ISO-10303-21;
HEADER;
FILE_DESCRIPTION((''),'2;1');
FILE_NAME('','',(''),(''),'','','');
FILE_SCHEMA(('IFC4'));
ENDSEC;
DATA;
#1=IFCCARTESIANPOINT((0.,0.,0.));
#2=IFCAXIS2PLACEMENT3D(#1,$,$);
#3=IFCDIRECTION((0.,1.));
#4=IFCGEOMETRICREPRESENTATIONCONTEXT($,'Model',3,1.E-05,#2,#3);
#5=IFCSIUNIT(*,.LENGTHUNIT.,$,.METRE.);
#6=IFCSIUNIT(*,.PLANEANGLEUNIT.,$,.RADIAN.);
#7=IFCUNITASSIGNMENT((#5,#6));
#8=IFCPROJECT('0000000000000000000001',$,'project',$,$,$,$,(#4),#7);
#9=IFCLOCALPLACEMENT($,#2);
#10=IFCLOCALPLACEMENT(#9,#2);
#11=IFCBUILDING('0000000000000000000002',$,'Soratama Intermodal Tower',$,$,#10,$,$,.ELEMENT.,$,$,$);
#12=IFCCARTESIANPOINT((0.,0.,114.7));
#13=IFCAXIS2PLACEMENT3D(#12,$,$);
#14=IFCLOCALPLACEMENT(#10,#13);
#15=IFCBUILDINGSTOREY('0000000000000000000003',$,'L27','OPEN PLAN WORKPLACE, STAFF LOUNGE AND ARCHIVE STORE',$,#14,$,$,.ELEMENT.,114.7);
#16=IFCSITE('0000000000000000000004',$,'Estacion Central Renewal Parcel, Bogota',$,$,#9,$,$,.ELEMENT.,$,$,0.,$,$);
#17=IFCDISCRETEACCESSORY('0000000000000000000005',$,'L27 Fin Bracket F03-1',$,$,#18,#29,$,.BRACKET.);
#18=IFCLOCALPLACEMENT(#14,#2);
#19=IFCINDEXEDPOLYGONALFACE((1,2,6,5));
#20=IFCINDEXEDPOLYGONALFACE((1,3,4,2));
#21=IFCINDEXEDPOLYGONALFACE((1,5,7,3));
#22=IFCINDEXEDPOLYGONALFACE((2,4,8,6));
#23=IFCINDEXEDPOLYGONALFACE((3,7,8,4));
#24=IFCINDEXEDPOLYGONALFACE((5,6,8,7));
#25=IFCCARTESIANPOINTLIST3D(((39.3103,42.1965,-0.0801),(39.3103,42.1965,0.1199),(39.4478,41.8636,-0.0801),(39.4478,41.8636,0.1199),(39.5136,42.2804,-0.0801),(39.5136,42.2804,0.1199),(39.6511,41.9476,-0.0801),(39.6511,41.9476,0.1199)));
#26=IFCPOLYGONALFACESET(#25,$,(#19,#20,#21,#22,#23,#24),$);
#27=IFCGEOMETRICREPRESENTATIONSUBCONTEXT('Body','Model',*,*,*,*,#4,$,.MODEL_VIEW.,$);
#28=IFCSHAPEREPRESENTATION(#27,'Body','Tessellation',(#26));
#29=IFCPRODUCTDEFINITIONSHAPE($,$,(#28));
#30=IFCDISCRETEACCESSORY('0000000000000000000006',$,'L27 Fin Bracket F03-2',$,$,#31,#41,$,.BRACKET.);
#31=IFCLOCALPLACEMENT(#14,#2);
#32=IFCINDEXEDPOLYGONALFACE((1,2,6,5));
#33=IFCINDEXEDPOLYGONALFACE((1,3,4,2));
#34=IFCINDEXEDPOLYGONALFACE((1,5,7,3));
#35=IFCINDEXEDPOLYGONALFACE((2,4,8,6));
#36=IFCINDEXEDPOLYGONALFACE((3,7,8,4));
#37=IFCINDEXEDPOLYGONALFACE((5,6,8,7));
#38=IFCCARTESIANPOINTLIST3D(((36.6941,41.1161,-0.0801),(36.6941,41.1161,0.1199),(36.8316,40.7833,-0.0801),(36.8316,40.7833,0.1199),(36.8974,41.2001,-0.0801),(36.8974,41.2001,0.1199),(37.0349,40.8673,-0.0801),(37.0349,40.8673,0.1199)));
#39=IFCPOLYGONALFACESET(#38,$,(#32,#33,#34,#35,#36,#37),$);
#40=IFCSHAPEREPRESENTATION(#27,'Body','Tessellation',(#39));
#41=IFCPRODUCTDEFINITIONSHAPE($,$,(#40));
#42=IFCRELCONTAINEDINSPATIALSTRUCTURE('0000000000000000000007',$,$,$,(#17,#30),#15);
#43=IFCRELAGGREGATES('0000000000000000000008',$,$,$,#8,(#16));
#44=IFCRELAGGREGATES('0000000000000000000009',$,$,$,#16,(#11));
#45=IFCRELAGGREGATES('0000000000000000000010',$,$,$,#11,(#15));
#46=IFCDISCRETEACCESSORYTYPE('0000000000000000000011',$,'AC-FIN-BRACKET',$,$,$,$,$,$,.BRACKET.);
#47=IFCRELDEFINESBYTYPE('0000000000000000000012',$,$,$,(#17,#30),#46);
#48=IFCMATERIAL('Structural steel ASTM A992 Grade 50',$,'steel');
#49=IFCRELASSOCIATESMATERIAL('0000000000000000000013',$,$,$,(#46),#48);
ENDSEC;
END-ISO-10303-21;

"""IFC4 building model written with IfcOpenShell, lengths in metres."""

from ifc_helpers import new_model, si_unit, direction, frame, origin, origin_2d, place, context, subcontext, project, spatial, rectangle, extrude, material, type_object, element, save


model = new_model("IFC4")

# Units and contexts
model_context = context("Model", 3, precision=1e-05, world=origin(), true_north=direction((0.0, 1.0)))
body_context = subcontext(model_context, "Body", "Model", "MODEL_VIEW")
ifc_project = project(units=[si_unit("LENGTHUNIT", "METRE"), si_unit("PLANEANGLEUNIT", "RADIAN")], contexts=[model_context])

# Site, building, storey
site_placement = place(None, origin())
site = spatial("IfcSite", under=ifc_project, at=site_placement, Name="Estacion Central Renewal Parcel, Bogota", CompositionType="ELEMENT", RefElevation=0.0)
building_placement = place(site_placement, origin())
building = spatial("IfcBuilding", under=site, at=building_placement, Name="Soratama Intermodal Tower", CompositionType="ELEMENT")
storey_placement = place(building_placement, frame((0.0, 0.0, 114.7)))
storey = spatial("IfcBuildingStorey", under=building, at=storey_placement, Name="L27", Description="OPEN PLAN WORKPLACE, STAFF LOUNGE AND ARCHIVE STORE", CompositionType="ELEMENT", Elevation=114.7)

# Discrete accessories
ifc_material_1 = material(Name="Structural steel ASTM A992 Grade 50", Category="steel")
discrete_accessory_type = type_object("IfcDiscreteAccessoryType", Name="AC-FIN-BRACKET", PredefinedType="BRACKET", material=ifc_material_1)
for number, where, z_axis, x_axis, name in (
    (1, (39.4807, 42.072, -0.0801), (0.0, 0.0, 1.0), (-0.381716, 0.92428, 0.0), "L27 Fin Bracket F03-1"),
    (2, (36.8645, 40.9917, -0.0801), (0.0, 0.0, 1.0), (-0.381716, 0.92428, 0.0), "L27 Fin Bracket F03-2"),
):
    element("IfcDiscreteAccessory", number, at=place(storey_placement, frame(where, z_axis=z_axis, x_axis=x_axis)), inside=storey, type_object=discrete_accessory_type, Name=name, PredefinedType="BRACKET", context=body_context, shape_type="SweptSolid", body=[
        extrude(rectangle(XDim=0.3601, YDim=0.22, at=origin_2d()), origin(), (0.0, 0.0, 1.0), 0.2),
    ])

save(model, "model.ifc")
